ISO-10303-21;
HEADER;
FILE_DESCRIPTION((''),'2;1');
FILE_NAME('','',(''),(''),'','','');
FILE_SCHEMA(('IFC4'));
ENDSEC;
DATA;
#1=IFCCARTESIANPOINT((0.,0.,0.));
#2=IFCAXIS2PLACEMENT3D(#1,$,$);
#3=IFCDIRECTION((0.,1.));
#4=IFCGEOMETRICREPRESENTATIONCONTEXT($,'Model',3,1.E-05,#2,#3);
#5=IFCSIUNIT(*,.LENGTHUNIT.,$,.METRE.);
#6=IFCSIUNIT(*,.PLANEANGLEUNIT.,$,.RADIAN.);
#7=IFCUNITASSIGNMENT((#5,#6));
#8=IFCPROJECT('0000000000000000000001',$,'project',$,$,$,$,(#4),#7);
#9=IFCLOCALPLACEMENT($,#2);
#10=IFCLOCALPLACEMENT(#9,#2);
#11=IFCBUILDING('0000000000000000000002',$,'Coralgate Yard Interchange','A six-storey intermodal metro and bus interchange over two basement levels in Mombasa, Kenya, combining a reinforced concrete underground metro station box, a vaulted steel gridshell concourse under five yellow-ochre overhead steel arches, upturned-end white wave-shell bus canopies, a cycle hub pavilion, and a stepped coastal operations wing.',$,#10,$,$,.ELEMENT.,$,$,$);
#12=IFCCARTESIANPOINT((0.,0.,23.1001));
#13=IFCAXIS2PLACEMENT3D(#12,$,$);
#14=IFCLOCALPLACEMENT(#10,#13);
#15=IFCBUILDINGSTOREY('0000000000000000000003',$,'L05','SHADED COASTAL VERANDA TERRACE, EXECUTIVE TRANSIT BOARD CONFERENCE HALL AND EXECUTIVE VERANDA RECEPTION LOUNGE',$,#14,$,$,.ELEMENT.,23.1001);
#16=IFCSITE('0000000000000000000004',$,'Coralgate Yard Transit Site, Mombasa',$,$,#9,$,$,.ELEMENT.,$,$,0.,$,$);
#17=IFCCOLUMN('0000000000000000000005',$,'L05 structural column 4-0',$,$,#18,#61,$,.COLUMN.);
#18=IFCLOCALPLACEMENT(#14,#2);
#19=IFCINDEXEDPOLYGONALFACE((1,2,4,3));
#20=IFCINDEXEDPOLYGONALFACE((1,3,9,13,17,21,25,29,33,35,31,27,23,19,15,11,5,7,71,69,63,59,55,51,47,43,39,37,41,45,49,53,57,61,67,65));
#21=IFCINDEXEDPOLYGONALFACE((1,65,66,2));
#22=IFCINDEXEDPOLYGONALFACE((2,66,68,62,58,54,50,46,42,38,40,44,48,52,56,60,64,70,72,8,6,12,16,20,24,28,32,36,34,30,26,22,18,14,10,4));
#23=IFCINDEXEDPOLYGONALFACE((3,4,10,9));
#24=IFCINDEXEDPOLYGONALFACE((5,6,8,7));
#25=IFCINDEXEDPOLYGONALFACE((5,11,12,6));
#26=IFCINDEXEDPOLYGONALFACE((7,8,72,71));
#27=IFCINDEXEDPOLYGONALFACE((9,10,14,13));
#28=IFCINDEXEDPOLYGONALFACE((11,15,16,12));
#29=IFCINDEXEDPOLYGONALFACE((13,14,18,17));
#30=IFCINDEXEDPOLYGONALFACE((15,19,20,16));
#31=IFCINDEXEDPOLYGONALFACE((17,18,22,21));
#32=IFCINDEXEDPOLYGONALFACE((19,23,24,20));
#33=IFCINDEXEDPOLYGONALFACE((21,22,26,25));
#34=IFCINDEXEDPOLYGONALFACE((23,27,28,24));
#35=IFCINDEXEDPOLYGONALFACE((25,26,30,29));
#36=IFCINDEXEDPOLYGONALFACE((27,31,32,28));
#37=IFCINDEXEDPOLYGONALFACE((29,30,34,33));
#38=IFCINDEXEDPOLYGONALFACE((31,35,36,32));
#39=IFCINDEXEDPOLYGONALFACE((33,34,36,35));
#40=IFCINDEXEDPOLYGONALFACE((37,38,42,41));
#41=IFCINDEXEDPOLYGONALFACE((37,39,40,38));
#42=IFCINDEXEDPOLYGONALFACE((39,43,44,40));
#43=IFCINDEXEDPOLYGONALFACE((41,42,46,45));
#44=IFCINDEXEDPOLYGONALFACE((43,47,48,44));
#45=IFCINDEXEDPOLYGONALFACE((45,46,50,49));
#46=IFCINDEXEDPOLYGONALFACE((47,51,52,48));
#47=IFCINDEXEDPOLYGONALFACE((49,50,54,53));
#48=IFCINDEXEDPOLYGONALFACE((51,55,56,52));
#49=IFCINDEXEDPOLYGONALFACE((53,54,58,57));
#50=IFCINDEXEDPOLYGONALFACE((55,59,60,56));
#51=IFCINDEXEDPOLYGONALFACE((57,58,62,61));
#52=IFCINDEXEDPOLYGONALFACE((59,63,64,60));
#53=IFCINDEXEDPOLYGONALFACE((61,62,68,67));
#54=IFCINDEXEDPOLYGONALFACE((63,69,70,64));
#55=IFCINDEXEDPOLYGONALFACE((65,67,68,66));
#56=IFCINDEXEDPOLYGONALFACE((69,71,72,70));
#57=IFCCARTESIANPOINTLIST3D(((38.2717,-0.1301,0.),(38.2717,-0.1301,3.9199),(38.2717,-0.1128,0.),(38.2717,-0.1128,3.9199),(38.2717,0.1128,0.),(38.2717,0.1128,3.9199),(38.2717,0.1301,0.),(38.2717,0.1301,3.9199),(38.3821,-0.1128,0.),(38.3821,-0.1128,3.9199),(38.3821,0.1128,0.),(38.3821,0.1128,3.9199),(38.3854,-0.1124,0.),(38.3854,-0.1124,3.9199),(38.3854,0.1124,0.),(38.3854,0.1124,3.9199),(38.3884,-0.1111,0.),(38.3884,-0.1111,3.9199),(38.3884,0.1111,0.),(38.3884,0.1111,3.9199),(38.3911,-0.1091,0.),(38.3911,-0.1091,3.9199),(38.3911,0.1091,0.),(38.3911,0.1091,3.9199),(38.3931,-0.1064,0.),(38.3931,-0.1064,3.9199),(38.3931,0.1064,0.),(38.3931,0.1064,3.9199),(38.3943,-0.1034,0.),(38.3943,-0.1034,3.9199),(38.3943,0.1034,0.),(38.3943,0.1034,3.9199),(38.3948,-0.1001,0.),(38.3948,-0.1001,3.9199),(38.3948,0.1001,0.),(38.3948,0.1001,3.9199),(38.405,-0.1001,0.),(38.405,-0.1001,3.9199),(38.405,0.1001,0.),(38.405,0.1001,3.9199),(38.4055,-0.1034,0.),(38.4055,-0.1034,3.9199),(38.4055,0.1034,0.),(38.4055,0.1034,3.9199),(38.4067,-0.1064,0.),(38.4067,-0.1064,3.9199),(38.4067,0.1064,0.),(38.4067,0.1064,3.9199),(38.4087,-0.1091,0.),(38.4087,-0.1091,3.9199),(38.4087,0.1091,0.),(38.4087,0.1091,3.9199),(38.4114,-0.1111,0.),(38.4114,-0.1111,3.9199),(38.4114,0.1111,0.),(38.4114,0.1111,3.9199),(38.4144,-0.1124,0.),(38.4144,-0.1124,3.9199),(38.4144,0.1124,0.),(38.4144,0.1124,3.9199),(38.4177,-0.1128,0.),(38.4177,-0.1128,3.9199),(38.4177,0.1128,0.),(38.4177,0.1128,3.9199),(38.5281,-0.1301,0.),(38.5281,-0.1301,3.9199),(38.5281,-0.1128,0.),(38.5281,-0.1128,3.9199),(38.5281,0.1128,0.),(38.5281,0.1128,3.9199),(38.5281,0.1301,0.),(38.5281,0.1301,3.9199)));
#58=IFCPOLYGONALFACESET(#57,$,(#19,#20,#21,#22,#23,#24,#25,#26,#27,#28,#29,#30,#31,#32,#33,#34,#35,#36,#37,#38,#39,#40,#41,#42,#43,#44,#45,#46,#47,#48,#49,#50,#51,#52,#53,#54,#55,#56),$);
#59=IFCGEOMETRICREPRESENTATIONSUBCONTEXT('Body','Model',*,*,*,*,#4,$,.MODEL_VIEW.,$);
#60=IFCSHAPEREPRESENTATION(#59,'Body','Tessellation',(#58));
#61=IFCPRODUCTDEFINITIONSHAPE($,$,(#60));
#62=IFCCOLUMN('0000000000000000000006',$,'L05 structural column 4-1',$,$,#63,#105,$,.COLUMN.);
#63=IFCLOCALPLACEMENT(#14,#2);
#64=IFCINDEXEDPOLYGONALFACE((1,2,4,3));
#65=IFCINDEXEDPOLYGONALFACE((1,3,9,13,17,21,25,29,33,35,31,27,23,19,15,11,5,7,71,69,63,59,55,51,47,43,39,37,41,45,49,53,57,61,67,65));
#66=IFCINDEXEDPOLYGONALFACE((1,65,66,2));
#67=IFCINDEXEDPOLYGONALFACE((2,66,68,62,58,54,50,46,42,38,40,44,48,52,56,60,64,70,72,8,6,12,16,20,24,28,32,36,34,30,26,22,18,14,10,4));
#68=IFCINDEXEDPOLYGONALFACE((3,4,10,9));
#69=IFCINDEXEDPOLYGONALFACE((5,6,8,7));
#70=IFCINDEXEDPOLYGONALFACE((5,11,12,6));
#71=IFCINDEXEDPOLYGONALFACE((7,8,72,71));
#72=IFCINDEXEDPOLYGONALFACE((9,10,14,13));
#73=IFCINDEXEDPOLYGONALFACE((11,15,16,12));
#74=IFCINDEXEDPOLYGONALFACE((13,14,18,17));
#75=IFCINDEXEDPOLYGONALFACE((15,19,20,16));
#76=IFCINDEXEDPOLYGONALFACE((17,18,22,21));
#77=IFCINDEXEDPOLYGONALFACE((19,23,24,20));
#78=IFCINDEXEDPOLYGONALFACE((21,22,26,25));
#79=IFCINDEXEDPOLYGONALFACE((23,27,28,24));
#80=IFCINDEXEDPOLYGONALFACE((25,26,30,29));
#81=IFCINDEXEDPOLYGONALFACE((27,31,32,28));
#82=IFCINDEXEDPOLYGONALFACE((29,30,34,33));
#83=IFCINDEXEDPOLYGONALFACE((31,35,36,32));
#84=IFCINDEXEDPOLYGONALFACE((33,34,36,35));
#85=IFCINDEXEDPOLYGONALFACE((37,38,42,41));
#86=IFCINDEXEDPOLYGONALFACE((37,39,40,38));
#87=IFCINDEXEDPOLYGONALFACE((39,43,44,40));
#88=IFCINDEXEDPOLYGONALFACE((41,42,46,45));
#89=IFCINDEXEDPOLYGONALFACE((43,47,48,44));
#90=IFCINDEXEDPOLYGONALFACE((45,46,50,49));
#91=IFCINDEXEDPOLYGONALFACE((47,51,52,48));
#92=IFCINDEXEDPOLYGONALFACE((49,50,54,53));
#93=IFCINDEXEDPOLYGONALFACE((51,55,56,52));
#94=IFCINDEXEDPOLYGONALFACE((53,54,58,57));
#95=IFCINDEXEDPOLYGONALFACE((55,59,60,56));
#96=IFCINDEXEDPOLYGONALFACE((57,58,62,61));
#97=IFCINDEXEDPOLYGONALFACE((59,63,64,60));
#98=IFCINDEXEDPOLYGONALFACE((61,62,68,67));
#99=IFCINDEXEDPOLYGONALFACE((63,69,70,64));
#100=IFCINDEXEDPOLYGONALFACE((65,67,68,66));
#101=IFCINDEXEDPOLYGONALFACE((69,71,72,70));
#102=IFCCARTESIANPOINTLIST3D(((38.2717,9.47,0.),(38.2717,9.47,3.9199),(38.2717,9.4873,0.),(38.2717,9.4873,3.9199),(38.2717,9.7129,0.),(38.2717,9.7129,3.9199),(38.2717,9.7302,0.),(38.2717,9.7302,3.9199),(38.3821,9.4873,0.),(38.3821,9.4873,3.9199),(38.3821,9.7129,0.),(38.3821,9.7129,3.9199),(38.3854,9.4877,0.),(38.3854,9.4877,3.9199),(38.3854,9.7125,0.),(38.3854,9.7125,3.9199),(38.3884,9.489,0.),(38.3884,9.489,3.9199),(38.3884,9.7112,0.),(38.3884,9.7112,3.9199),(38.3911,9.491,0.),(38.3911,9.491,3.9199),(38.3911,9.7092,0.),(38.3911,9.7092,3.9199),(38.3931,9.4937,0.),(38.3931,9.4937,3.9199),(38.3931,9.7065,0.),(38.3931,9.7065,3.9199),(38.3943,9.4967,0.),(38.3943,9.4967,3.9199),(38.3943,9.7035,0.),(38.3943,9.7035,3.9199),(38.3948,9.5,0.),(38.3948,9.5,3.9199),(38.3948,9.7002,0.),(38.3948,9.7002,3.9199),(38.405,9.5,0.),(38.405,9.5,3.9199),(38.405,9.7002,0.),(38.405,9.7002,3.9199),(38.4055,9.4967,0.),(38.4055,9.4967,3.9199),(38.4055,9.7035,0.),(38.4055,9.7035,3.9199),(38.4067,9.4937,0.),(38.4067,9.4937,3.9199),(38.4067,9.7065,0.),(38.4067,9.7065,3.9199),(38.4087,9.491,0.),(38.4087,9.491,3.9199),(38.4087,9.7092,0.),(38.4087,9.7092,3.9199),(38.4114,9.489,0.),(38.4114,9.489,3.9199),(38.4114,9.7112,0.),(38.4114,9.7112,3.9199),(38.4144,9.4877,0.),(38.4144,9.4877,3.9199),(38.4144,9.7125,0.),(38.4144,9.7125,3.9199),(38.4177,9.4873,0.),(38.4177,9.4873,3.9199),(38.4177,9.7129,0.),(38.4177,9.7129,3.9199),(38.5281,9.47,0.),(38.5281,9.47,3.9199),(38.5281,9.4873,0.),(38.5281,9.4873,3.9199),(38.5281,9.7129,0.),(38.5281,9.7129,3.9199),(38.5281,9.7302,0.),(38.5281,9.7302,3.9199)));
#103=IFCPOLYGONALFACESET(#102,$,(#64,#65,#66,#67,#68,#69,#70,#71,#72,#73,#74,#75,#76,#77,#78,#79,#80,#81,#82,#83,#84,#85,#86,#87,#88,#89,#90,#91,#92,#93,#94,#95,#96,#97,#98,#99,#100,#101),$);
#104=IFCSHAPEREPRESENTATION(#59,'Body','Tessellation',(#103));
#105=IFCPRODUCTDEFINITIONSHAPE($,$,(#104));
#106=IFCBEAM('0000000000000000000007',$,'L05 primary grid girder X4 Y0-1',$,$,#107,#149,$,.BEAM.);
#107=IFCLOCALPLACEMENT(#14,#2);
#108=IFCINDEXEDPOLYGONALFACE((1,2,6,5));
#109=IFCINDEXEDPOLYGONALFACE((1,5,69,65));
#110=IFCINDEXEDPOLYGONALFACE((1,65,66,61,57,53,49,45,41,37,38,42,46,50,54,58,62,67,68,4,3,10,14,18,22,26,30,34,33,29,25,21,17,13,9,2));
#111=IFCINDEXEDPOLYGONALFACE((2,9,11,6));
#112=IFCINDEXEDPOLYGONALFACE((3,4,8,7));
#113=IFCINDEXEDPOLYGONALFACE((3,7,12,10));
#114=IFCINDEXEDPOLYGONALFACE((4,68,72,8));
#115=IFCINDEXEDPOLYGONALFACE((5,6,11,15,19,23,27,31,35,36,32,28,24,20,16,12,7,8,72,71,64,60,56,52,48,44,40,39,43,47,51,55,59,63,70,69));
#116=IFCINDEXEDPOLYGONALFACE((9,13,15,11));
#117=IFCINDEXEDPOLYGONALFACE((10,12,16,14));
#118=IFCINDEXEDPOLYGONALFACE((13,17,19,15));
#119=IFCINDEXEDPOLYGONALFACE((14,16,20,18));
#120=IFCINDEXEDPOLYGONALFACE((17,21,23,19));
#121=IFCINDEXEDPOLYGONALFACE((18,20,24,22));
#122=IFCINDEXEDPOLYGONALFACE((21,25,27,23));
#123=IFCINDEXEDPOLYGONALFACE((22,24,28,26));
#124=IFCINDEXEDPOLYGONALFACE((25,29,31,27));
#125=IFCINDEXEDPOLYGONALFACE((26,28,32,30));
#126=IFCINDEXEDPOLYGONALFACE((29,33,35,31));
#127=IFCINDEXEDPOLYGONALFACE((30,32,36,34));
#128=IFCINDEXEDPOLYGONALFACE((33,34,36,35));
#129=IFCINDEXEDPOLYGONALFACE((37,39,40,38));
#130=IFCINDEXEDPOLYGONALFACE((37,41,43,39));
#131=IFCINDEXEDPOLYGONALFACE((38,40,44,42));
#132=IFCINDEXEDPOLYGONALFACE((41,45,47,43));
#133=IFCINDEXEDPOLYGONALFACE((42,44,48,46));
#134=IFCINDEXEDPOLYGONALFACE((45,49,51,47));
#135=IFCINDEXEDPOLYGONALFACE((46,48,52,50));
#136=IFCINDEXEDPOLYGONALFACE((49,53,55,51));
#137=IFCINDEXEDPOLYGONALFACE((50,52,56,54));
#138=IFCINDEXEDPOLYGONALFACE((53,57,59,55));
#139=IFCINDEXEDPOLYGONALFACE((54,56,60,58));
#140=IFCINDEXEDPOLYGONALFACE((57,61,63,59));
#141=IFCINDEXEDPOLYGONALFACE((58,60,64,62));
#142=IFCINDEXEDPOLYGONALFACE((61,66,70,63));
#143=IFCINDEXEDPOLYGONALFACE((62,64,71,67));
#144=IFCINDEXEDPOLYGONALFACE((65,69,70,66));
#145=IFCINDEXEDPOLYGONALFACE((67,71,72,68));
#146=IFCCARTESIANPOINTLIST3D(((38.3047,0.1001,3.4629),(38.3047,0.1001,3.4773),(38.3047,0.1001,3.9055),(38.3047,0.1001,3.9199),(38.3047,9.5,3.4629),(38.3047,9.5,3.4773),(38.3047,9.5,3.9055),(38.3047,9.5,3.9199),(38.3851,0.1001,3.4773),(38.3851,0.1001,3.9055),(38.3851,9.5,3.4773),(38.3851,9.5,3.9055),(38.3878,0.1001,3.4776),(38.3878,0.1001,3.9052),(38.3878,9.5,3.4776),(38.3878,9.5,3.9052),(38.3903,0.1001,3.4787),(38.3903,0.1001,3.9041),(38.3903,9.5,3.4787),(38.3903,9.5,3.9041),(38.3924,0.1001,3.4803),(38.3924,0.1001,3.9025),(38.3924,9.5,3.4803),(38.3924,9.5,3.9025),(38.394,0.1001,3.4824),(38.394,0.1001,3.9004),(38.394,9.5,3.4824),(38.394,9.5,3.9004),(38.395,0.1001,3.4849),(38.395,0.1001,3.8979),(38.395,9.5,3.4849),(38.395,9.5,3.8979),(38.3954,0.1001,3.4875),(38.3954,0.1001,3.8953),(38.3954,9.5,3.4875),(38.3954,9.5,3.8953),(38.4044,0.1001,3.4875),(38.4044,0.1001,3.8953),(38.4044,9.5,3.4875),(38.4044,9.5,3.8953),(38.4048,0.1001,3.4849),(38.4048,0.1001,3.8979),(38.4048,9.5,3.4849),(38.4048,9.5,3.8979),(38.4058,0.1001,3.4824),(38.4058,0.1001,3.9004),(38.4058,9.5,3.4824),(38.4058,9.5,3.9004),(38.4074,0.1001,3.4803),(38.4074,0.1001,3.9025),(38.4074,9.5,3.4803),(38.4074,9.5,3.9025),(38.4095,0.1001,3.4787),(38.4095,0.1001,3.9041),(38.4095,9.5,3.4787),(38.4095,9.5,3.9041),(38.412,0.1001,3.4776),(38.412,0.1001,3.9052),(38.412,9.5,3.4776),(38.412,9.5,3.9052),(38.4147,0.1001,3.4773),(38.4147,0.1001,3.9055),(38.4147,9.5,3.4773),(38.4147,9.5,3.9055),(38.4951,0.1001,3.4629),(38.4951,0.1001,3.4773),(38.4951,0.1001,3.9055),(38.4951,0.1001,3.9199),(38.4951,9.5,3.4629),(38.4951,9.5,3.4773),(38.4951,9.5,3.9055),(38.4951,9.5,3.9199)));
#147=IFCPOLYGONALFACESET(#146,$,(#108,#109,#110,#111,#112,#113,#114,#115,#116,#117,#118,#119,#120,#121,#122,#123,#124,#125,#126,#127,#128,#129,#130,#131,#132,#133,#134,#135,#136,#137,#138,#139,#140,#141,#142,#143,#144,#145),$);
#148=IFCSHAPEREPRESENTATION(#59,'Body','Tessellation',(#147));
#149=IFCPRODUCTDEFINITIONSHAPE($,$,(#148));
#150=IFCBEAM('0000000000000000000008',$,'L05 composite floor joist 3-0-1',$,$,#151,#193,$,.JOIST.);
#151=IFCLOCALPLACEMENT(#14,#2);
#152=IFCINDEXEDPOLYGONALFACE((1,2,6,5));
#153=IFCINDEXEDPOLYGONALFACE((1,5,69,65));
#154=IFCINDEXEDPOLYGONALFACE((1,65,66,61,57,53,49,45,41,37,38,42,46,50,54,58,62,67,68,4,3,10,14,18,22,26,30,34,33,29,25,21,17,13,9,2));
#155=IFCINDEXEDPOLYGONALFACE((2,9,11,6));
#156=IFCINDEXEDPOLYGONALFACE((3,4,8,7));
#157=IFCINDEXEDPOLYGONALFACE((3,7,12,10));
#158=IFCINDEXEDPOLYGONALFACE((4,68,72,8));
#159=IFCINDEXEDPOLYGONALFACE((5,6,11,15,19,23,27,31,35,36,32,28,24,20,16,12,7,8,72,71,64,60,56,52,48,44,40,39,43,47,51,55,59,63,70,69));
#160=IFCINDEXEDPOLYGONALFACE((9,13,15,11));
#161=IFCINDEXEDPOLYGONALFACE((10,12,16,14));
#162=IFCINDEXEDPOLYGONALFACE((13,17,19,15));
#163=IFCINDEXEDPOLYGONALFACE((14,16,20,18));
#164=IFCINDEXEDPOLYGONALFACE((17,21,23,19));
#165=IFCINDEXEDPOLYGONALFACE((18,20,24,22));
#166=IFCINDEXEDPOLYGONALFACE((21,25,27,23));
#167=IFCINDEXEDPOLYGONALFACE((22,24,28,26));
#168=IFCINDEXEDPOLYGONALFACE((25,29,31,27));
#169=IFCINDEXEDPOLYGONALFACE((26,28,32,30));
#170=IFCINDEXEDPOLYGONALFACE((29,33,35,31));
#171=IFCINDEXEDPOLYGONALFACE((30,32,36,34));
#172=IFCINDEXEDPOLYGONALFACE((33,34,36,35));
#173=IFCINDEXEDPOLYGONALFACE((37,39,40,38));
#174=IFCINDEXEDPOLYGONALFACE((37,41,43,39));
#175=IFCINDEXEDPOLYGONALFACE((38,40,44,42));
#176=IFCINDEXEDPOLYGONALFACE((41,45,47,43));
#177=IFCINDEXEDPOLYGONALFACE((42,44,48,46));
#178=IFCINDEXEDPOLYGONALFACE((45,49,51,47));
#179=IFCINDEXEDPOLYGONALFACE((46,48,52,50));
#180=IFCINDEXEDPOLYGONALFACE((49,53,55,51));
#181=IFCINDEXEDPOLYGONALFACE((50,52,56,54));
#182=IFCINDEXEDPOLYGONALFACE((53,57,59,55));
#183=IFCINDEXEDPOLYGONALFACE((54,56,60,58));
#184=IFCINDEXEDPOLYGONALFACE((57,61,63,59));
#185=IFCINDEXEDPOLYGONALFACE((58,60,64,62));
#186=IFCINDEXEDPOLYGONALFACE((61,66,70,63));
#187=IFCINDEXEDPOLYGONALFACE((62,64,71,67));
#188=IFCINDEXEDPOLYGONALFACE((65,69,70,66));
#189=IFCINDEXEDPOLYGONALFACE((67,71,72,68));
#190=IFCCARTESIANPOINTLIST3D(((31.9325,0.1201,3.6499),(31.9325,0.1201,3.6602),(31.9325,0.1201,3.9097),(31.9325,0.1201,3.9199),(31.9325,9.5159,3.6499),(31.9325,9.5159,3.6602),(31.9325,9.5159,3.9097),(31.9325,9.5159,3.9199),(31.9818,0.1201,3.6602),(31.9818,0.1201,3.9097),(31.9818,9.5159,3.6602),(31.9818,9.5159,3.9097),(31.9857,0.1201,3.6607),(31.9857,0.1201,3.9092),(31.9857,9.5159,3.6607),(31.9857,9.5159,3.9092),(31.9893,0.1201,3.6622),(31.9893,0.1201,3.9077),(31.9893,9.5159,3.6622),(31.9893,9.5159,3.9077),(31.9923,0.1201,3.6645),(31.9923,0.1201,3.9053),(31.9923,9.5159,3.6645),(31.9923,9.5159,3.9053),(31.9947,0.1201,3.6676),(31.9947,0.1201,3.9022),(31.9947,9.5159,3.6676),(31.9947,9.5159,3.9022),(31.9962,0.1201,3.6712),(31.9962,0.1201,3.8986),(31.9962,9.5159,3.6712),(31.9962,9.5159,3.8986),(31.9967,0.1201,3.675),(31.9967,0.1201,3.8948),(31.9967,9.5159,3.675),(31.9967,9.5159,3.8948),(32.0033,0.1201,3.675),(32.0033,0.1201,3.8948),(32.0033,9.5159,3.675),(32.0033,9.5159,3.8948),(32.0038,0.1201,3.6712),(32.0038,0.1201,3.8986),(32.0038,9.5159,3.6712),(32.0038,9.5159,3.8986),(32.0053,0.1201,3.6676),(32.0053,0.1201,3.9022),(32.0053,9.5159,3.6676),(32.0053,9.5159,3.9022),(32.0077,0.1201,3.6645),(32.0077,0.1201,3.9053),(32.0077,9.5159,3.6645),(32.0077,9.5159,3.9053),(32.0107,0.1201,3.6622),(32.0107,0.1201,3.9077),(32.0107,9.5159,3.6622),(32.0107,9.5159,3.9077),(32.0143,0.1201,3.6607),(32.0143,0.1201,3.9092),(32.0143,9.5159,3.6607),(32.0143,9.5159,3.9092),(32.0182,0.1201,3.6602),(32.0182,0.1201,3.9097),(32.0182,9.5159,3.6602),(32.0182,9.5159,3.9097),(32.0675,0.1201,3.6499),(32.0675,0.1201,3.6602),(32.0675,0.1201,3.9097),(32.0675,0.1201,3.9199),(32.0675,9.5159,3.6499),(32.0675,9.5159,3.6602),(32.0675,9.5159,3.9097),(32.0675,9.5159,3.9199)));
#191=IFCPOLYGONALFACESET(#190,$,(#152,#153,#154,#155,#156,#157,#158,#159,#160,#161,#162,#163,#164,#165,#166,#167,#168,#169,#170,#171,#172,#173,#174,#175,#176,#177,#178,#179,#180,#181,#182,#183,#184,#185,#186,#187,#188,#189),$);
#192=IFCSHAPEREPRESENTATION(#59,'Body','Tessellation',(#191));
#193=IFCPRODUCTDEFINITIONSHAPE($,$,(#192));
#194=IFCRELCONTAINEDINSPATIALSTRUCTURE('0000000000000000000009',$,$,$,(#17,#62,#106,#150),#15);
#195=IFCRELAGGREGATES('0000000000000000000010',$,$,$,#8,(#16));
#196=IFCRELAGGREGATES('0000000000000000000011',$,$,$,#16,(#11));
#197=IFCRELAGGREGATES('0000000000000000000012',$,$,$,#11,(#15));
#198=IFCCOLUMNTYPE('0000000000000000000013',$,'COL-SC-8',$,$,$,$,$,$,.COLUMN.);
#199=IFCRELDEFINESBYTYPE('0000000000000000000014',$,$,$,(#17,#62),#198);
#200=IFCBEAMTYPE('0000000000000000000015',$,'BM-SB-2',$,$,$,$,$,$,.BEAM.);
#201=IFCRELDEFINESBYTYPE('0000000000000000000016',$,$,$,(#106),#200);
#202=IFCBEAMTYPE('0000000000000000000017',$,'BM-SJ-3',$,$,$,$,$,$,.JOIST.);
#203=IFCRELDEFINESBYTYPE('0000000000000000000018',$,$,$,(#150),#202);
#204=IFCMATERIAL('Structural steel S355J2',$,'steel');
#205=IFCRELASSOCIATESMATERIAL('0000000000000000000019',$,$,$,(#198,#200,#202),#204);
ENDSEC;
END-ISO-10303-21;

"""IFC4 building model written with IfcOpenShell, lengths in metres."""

from ifc_helpers import new_model, si_unit, direction, frame, origin, origin_2d, place, context, subcontext, project, spatial, i_section, extrude, material, material_profile, profile_set, type_object, element, save


model = new_model("IFC4")

# Units and contexts
model_context = context("Model", 3, precision=1e-05, world=origin(), true_north=direction((0.0, 1.0)))
body_context = subcontext(model_context, "Body", "Model", "MODEL_VIEW")
ifc_project = project(units=[si_unit("LENGTHUNIT", "METRE"), si_unit("PLANEANGLEUNIT", "RADIAN")], contexts=[model_context])

# Site, building, storey
site_placement = place(None, origin())
site = spatial("IfcSite", under=ifc_project, at=site_placement, Name="Coralgate Yard Transit Site, Mombasa", CompositionType="ELEMENT", RefElevation=0.0)
building_placement = place(site_placement, origin())
building = spatial("IfcBuilding", under=site, at=building_placement, Name="Coralgate Yard Interchange", Description="A six-storey intermodal metro and bus interchange over two basement levels in Mombasa, Kenya, combining a reinforced concrete underground metro station box, a vaulted steel gridshell concourse under five yellow-ochre overhead steel arches, upturned-end white wave-shell bus canopies, a cycle hub pavilion, and a stepped coastal operations wing.", CompositionType="ELEMENT")
storey_placement = place(building_placement, frame((0.0, 0.0, 23.1001)))
storey = spatial("IfcBuildingStorey", under=building, at=storey_placement, Name="L05", Description="SHADED COASTAL VERANDA TERRACE, EXECUTIVE TRANSIT BOARD CONFERENCE HALL AND EXECUTIVE VERANDA RECEPTION LOUNGE", CompositionType="ELEMENT", Elevation=23.1001)

# Columns
ifc_material_1 = material(Name="Structural steel S355J2", Category="steel")
ifc_material_profile_1 = material_profile(ifc_material_1, i_section(OverallWidth=0.2563, OverallDepth=0.2603, WebThickness=0.0103, FlangeThickness=0.0173, FilletRadius=0.0127, at=origin_2d()), Name="UC 254x254x89")
ifc_profile_set_1 = profile_set([ifc_material_profile_1], Name="Structural steel S355J2")
column_type = type_object("IfcColumnType", Name="COL-SC-8", PredefinedType="COLUMN", material=ifc_profile_set_1)
for number, where, z_axis, x_axis, name in (
    (1, (38.3999, 0.0, 0.0), (0.0, 0.0, 1.0), (1.0, 0.0, 0.0), "L05 structural column 4-0"),
    (2, (38.3999, 9.6001, 0.0), (0.0, 0.0, 1.0), (1.0, 0.0, 0.0), "L05 structural column 4-1"),
):
    element("IfcColumn", number, at=place(storey_placement, frame(where, z_axis=z_axis, x_axis=x_axis)), inside=storey, type_object=column_type, Name=name, PredefinedType="COLUMN", context=body_context, shape_type="SweptSolid", body=[
        extrude(i_section(OverallWidth=0.2563, OverallDepth=0.2603, WebThickness=0.0103, FlangeThickness=0.0173, FilletRadius=0.0127, at=origin_2d()), origin(), (0.0, 0.0, 1.0), 3.9199),
    ])

# Beams
ifc_material_profile_2 = material_profile(ifc_material_1, i_section(OverallWidth=0.1904, OverallDepth=0.457, WebThickness=0.009, FlangeThickness=0.0144, FilletRadius=0.0103, at=origin_2d()), Name="UB 457x191x74")
ifc_profile_set_2 = profile_set([ifc_material_profile_2], Name="Structural steel S355J2")
beam_type_1 = type_object("IfcBeamType", Name="BM-SB-2", PredefinedType="BEAM", material=ifc_profile_set_2)
beam_1_placement = place(storey_placement, frame((38.3999, 0.1001, 3.6914), z_axis=(0.0, 1.0, 0.0), x_axis=(-1.0, 0.0, 0.0)))
element("IfcBeam", 3, at=beam_1_placement, inside=storey, type_object=beam_type_1, Name="L05 primary grid girder X4 Y0-1", PredefinedType="BEAM", context=body_context, shape_type="SweptSolid", body=[
    extrude(i_section(OverallWidth=0.1904, OverallDepth=0.457, WebThickness=0.009, FlangeThickness=0.0144, FilletRadius=0.0103, at=origin_2d()), origin(), (0.0, 0.0, 1.0), 9.3999),
])
ifc_material_profile_3 = material_profile(ifc_material_1, i_section(OverallWidth=0.135, OverallDepth=0.27, WebThickness=0.0066, FlangeThickness=0.0103, FilletRadius=0.0149, at=origin_2d()), Name="IPE 270")
ifc_profile_set_3 = profile_set([ifc_material_profile_3], Name="Structural steel S355J2")
beam_type_2 = type_object("IfcBeamType", Name="BM-SJ-3", PredefinedType="JOIST", material=ifc_profile_set_3)
for number, where, z_axis, x_axis, name in (
    (4, (32.0, 0.1201, 3.7849), (0.0, 1.0, 0.0), (-1.0, 0.0, 0.0), "L05 composite floor joist 3-0-1"),
):
    element("IfcBeam", number, at=place(storey_placement, frame(where, z_axis=z_axis, x_axis=x_axis)), inside=storey, type_object=beam_type_2, Name=name, PredefinedType="JOIST", context=body_context, shape_type="SweptSolid", body=[
        extrude(i_section(OverallWidth=0.135, OverallDepth=0.27, WebThickness=0.0066, FlangeThickness=0.0103, FilletRadius=0.0149, at=origin_2d()), origin(), (0.0, 0.0, 1.0), 9.3958),
    ])

save(model, "model.ifc")
